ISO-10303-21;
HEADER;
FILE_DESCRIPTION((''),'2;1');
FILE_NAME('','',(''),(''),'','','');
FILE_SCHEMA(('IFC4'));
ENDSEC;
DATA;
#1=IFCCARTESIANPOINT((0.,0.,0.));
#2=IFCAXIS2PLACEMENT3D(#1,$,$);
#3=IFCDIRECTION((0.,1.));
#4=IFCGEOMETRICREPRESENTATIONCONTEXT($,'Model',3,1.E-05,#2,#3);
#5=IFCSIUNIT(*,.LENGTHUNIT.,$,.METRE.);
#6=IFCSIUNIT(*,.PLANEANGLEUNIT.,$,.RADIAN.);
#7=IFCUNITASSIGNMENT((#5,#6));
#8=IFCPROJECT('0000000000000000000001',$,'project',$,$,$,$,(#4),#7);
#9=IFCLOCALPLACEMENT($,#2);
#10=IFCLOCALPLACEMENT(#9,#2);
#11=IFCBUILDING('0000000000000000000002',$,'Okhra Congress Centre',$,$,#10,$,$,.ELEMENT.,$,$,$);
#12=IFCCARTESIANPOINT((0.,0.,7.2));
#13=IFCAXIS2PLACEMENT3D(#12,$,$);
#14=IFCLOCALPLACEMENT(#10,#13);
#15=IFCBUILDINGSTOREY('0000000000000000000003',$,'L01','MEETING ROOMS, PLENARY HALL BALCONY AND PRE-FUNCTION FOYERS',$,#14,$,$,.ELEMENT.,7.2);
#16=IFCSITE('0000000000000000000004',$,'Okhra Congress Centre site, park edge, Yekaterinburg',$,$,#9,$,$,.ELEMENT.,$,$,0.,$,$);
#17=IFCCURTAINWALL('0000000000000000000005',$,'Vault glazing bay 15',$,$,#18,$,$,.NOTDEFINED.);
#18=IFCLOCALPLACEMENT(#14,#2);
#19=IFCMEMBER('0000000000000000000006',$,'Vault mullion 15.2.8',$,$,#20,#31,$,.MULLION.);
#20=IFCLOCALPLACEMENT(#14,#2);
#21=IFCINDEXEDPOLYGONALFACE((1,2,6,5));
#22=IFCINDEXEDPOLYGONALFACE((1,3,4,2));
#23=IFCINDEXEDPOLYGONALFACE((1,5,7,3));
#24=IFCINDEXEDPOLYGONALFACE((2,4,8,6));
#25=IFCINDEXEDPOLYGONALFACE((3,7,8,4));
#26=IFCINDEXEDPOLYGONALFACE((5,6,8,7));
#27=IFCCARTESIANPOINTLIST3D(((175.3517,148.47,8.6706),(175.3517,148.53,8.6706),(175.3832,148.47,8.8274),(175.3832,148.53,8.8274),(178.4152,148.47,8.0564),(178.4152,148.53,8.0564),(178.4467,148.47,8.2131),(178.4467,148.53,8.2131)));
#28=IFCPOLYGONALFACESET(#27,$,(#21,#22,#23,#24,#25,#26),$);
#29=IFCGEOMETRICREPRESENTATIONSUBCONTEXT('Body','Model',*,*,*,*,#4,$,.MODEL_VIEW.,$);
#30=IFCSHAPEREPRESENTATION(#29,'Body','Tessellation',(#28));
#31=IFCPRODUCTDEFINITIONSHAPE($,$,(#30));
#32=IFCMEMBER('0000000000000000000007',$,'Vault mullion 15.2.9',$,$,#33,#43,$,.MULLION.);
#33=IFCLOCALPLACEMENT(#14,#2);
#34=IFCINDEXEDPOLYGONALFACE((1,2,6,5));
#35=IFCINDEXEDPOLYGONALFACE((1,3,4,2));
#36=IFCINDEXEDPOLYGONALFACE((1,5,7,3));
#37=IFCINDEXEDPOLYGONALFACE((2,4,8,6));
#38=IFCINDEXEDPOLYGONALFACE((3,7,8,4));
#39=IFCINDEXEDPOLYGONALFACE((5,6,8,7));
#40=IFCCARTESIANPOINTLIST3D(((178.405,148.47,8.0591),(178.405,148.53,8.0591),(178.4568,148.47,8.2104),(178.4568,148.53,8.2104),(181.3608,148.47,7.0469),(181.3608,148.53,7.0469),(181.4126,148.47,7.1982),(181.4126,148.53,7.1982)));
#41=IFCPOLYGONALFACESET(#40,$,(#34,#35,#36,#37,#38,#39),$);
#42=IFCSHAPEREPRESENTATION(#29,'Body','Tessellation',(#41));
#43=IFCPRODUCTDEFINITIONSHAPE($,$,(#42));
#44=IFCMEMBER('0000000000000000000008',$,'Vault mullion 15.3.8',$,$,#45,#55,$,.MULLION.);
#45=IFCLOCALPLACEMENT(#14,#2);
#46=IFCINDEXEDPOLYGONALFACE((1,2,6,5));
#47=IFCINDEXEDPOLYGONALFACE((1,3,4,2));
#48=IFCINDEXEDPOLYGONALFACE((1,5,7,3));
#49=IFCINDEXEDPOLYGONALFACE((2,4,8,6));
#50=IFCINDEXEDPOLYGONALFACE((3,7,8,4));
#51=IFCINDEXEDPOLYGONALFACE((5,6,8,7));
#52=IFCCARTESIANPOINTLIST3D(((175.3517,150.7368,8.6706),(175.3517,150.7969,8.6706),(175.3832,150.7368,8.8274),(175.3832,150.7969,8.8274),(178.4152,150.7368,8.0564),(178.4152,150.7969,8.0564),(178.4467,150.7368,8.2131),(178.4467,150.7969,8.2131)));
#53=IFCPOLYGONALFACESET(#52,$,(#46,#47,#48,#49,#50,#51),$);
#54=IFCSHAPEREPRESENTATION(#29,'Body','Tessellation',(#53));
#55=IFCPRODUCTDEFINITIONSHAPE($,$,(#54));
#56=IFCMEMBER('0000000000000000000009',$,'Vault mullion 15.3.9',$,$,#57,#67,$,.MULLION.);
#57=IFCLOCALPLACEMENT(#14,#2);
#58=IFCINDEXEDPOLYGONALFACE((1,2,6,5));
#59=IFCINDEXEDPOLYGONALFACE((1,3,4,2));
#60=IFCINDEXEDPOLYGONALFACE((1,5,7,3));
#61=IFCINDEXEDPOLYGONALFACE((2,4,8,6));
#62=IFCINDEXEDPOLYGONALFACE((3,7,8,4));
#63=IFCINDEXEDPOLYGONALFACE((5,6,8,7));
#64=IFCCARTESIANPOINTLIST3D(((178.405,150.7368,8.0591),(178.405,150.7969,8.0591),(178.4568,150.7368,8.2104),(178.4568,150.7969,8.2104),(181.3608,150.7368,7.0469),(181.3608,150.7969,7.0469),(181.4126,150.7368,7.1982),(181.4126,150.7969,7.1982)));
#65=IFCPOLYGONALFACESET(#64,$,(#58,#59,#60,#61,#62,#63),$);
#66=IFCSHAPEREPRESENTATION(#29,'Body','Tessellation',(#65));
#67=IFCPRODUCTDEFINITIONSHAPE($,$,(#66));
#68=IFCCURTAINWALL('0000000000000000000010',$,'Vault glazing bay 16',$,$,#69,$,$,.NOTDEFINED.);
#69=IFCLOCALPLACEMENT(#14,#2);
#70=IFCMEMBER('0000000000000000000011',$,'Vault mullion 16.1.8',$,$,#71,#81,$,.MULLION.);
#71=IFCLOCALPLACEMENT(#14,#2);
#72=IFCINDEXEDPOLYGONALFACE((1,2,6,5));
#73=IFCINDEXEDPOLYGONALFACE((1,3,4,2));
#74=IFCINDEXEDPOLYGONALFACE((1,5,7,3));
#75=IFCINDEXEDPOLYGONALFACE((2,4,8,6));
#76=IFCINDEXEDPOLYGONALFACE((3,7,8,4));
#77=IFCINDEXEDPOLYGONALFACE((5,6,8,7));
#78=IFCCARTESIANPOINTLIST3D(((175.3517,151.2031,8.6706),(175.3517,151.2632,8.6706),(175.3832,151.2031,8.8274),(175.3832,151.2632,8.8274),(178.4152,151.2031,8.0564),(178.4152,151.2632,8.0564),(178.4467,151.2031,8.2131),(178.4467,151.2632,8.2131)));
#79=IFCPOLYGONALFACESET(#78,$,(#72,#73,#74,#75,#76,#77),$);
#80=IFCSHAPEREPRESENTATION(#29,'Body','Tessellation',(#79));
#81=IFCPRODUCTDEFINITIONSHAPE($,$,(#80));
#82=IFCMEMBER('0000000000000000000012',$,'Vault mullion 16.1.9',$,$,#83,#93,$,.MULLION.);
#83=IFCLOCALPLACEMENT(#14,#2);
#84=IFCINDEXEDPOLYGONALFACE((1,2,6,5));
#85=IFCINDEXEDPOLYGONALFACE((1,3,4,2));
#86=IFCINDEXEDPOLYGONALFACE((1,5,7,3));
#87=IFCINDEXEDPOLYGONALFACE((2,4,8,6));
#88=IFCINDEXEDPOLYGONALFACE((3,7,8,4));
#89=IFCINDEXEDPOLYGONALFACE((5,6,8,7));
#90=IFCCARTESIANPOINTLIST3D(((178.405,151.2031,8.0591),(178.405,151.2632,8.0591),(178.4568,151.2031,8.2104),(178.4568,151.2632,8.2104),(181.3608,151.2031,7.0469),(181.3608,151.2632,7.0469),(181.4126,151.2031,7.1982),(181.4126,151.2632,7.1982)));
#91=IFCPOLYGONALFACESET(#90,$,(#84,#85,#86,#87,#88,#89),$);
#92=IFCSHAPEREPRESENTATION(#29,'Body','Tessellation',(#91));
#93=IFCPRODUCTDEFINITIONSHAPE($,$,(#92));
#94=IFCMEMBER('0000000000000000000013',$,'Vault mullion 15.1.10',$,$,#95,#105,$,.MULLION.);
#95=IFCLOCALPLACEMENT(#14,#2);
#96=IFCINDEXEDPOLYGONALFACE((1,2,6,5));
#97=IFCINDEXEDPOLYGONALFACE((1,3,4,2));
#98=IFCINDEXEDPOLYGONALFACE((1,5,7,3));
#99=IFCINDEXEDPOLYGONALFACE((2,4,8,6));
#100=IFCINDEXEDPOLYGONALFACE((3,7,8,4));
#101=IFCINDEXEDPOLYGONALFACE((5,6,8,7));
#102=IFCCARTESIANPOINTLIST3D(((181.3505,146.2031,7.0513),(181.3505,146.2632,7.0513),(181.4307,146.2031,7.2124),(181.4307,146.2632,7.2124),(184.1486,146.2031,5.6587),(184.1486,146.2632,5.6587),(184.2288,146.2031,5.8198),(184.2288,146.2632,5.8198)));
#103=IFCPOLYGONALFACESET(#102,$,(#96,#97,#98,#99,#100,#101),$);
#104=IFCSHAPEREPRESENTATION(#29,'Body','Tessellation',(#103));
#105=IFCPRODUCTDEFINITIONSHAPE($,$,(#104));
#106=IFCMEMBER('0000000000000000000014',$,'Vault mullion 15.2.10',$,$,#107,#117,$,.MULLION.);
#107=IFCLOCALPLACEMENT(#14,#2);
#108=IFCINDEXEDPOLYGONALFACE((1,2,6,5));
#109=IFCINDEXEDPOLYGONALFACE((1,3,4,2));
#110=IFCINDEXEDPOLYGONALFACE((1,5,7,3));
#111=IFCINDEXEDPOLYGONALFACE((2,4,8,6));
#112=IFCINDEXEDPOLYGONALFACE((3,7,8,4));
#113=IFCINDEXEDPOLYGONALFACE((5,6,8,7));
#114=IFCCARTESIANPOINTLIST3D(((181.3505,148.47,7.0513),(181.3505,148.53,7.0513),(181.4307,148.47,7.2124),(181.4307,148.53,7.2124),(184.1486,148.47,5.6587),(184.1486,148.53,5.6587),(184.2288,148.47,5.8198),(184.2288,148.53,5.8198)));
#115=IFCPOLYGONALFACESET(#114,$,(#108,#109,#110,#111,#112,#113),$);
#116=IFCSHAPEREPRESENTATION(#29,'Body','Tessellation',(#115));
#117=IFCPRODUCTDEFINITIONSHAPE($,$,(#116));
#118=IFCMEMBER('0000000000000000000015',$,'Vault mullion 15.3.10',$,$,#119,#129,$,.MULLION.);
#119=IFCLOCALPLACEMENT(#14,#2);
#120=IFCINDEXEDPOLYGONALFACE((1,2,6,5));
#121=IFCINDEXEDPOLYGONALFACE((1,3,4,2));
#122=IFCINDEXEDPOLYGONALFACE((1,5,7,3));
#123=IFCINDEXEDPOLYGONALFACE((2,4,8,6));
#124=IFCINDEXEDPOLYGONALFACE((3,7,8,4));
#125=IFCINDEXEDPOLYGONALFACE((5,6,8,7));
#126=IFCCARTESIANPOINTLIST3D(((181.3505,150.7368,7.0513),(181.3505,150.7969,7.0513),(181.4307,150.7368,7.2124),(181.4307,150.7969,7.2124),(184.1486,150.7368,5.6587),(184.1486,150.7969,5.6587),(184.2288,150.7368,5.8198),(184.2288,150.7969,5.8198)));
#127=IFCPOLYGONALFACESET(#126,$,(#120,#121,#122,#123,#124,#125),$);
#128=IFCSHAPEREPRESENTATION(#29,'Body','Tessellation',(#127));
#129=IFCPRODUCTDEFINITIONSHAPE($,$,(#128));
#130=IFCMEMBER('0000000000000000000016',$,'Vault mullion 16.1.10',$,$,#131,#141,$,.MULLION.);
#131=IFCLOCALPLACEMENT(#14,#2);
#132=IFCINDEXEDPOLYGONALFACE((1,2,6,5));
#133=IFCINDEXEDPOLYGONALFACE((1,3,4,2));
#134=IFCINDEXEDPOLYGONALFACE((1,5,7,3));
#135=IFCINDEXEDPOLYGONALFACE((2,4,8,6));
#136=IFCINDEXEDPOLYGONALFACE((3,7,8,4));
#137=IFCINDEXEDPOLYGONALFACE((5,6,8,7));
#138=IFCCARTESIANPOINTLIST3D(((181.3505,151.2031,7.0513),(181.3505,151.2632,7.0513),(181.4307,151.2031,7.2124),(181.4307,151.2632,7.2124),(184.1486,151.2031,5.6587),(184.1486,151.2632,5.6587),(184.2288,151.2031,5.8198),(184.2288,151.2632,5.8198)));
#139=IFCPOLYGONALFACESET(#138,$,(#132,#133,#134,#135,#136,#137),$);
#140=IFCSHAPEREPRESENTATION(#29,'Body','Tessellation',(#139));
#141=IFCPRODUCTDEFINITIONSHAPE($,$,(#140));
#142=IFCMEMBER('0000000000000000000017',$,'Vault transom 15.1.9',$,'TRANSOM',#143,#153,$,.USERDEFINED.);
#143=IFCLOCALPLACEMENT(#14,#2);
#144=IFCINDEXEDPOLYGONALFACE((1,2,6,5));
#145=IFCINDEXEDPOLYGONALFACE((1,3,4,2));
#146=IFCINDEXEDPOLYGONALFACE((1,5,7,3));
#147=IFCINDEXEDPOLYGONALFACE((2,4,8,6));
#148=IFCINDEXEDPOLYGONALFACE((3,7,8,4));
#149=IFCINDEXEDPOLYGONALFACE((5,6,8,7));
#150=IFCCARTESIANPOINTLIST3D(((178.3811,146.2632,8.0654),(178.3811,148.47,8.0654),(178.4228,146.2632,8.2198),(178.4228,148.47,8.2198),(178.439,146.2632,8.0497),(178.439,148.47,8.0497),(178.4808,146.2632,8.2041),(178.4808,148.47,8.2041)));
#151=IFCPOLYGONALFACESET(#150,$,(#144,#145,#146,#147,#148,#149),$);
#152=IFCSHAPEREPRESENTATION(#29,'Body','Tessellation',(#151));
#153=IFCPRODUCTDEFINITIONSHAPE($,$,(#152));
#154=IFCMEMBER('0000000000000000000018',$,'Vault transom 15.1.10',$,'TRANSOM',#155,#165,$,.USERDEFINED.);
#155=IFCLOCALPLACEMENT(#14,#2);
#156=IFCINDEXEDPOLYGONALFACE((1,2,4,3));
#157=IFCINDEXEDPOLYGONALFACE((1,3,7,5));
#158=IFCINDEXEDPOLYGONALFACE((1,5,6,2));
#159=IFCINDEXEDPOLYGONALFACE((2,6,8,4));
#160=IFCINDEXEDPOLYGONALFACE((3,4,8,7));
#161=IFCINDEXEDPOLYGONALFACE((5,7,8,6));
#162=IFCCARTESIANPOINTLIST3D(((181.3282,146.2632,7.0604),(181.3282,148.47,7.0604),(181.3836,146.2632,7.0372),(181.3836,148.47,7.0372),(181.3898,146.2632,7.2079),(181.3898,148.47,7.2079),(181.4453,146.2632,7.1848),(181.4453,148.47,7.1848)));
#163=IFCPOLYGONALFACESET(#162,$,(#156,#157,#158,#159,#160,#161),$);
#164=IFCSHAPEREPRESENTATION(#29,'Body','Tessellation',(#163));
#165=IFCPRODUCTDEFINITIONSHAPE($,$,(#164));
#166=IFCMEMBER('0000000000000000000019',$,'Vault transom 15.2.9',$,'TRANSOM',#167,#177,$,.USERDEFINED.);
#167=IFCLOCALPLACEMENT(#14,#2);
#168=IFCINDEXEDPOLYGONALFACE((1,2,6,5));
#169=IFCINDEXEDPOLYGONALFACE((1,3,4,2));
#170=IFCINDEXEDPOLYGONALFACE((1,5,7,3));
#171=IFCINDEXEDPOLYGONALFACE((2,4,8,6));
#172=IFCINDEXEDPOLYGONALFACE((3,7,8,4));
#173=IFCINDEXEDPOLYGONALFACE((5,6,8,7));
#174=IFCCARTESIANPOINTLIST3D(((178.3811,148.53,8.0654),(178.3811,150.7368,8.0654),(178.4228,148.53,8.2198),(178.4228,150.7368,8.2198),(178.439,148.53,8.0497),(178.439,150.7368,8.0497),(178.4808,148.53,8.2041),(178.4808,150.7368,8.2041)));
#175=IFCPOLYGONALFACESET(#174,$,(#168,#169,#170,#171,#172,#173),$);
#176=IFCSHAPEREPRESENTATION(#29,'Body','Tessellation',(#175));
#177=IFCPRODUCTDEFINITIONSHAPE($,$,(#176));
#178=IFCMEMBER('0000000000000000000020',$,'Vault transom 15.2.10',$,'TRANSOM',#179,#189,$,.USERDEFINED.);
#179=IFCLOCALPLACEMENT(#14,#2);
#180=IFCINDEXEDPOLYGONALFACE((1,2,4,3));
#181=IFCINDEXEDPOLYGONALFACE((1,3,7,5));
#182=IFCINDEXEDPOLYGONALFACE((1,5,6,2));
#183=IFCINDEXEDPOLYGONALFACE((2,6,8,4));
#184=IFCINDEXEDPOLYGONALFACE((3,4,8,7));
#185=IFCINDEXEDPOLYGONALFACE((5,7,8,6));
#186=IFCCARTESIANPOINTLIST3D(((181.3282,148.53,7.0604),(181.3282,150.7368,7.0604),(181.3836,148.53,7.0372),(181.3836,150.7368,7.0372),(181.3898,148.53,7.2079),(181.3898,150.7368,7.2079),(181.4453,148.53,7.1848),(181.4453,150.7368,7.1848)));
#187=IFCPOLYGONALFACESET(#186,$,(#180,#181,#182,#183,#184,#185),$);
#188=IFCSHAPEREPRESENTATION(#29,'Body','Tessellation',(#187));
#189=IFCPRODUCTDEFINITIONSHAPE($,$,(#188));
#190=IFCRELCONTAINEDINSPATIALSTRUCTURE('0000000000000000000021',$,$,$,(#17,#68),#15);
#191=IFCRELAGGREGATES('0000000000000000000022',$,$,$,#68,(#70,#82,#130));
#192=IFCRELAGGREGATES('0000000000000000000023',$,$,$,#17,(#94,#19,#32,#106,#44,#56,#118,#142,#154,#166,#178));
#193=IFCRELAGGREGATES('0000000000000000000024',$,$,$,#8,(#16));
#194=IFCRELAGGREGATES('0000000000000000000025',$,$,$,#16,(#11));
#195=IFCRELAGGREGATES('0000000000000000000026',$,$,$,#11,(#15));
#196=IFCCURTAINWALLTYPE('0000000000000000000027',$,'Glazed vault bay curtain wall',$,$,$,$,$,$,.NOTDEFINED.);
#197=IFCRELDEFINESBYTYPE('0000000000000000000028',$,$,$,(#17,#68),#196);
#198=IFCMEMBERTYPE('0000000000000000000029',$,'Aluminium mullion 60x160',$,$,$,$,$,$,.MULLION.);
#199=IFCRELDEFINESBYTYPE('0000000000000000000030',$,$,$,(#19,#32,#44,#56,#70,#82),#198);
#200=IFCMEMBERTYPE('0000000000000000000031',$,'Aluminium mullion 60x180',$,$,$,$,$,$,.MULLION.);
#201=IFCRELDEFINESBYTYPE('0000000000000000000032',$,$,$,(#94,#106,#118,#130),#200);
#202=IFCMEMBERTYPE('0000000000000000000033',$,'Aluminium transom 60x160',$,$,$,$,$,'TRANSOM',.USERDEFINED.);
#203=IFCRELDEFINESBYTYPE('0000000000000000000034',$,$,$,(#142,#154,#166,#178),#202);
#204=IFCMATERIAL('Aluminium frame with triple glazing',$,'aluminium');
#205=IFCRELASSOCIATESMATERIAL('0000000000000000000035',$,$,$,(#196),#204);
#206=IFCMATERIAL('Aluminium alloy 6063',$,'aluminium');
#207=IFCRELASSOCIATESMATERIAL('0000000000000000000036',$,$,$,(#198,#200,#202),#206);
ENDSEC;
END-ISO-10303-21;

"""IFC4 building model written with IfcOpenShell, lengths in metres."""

from ifc_helpers import new_model, si_unit, direction, frame, origin, origin_2d, place, context, subcontext, project, spatial, rectangle, extrude, material, material_profile, profile_set, type_object, element, aggregate, save


model = new_model("IFC4")

# Units and contexts
model_context = context("Model", 3, precision=1e-05, world=origin(), true_north=direction((0.0, 1.0)))
body_context = subcontext(model_context, "Body", "Model", "MODEL_VIEW")
ifc_project = project(units=[si_unit("LENGTHUNIT", "METRE"), si_unit("PLANEANGLEUNIT", "RADIAN")], contexts=[model_context])

# Site, building, storey
site_placement = place(None, origin())
site = spatial("IfcSite", under=ifc_project, at=site_placement, Name="Okhra Congress Centre site, park edge, Yekaterinburg", CompositionType="ELEMENT", RefElevation=0.0)
building_placement = place(site_placement, origin())
building = spatial("IfcBuilding", under=site, at=building_placement, Name="Okhra Congress Centre", CompositionType="ELEMENT")
storey_placement = place(building_placement, frame((0.0, 0.0, 7.2)))
storey = spatial("IfcBuildingStorey", under=building, at=storey_placement, Name="L01", Description="MEETING ROOMS, PLENARY HALL BALCONY AND PRE-FUNCTION FOYERS", CompositionType="ELEMENT", Elevation=7.2)

# Curtain walls, members
ifc_material_1 = material(Name="Aluminium frame with triple glazing", Category="aluminium")
curtain_wall_type = type_object("IfcCurtainWallType", Name="Glazed vault bay curtain wall", PredefinedType="NOTDEFINED", material=ifc_material_1)
curtain_wall_1_placement = place(storey_placement, origin())
curtain_wall_1 = element("IfcCurtainWall", 1, at=curtain_wall_1_placement, inside=storey, type_object=curtain_wall_type, Name="Vault glazing bay 15", PredefinedType="NOTDEFINED")
ifc_material_2 = material(Name="Aluminium alloy 6063", Category="aluminium")
ifc_material_profile_1 = material_profile(ifc_material_2, rectangle(XDim=0.0601, YDim=0.1599, at=origin_2d()), Name="AL 60x160")
ifc_profile_set_1 = profile_set([ifc_material_profile_1], Name="Aluminium alloy 6063")
member_type_1 = type_object("IfcMemberType", Name="Aluminium mullion 60x160", PredefinedType="MULLION", material=ifc_profile_set_1)
member_1_placement = place(storey_placement, frame((175.3674, 148.5, 8.749), z_axis=(0.980484, 0.0, -0.196597), x_axis=(0.0, 1.0, 0.0)))
member_1 = element("IfcMember", 2, at=member_1_placement, type_object=member_type_1, Name="Vault mullion 15.2.8", PredefinedType="MULLION", context=body_context, shape_type="SweptSolid", body=[
    extrude(rectangle(XDim=0.0601, YDim=0.1599, at=origin_2d()), origin(), (0.0, 0.0, 1.0), 3.1245),
])
member_2_placement = place(storey_placement, frame((178.4309, 148.5, 8.1348), z_axis=(0.946065, 0.0, -0.323977), x_axis=(0.0, 1.0, 0.0)))
member_2 = element("IfcMember", 3, at=member_2_placement, type_object=member_type_1, Name="Vault mullion 15.2.9", PredefinedType="MULLION", context=body_context, shape_type="SweptSolid", body=[
    extrude(rectangle(XDim=0.0601, YDim=0.1599, at=origin_2d()), origin(), (0.0, 0.0, 1.0), 3.1243),
])
member_3_placement = place(storey_placement, frame((175.3674, 150.7668, 8.749), z_axis=(0.980484, 0.0, -0.196597), x_axis=(0.0, 1.0, 0.0)))
member_3 = element("IfcMember", 4, at=member_3_placement, type_object=member_type_1, Name="Vault mullion 15.3.8", PredefinedType="MULLION", context=body_context, shape_type="SweptSolid", body=[
    extrude(rectangle(XDim=0.0601, YDim=0.1599, at=origin_2d()), origin(), (0.0, 0.0, 1.0), 3.1245),
])
member_4_placement = place(storey_placement, frame((178.4309, 150.7668, 8.1348), z_axis=(0.946065, 0.0, -0.323977), x_axis=(0.0, 1.0, 0.0)))
member_4 = element("IfcMember", 5, at=member_4_placement, type_object=member_type_1, Name="Vault mullion 15.3.9", PredefinedType="MULLION", context=body_context, shape_type="SweptSolid", body=[
    extrude(rectangle(XDim=0.0601, YDim=0.1599, at=origin_2d()), origin(), (0.0, 0.0, 1.0), 3.1243),
])
curtain_wall_2_placement = place(storey_placement, origin())
curtain_wall_2 = element("IfcCurtainWall", 6, at=curtain_wall_2_placement, inside=storey, type_object=curtain_wall_type, Name="Vault glazing bay 16", PredefinedType="NOTDEFINED")
member_5_placement = place(storey_placement, frame((175.3674, 151.2332, 8.749), z_axis=(0.980484, 0.0, -0.196597), x_axis=(0.0, 1.0, 0.0)))
member_5 = element("IfcMember", 7, at=member_5_placement, type_object=member_type_1, Name="Vault mullion 16.1.8", PredefinedType="MULLION", context=body_context, shape_type="SweptSolid", body=[
    extrude(rectangle(XDim=0.0601, YDim=0.1599, at=origin_2d()), origin(), (0.0, 0.0, 1.0), 3.1245),
])
member_6_placement = place(storey_placement, frame((178.4309, 151.2332, 8.1348), z_axis=(0.946065, 0.0, -0.323977), x_axis=(0.0, 1.0, 0.0)))
member_6 = element("IfcMember", 8, at=member_6_placement, type_object=member_type_1, Name="Vault mullion 16.1.9", PredefinedType="MULLION", context=body_context, shape_type="SweptSolid", body=[
    extrude(rectangle(XDim=0.0601, YDim=0.1599, at=origin_2d()), origin(), (0.0, 0.0, 1.0), 3.1243),
])

# Members
ifc_material_profile_2 = material_profile(ifc_material_2, rectangle(XDim=0.0601, YDim=0.1799, at=origin_2d()), Name="AL 60x180")
ifc_profile_set_2 = profile_set([ifc_material_profile_2], Name="Aluminium alloy 6063")
member_type_2 = type_object("IfcMemberType", Name="Aluminium mullion 60x180", PredefinedType="MULLION", material=ifc_profile_set_2)
member_7_placement = place(storey_placement, frame((181.3906, 146.2332, 7.1318), z_axis=(0.895254, 0.0, -0.445557), x_axis=(0.0, 1.0, 0.0)))
member_7 = element("IfcMember", 9, at=member_7_placement, type_object=member_type_2, Name="Vault mullion 15.1.10", PredefinedType="MULLION", context=body_context, shape_type="SweptSolid", body=[
    extrude(rectangle(XDim=0.0601, YDim=0.1799, at=origin_2d()), origin(), (0.0, 0.0, 1.0), 3.1255),
])
member_8_placement = place(storey_placement, frame((181.3906, 148.5, 7.1318), z_axis=(0.895254, 0.0, -0.445557), x_axis=(0.0, 1.0, 0.0)))
member_8 = element("IfcMember", 10, at=member_8_placement, type_object=member_type_2, Name="Vault mullion 15.2.10", PredefinedType="MULLION", context=body_context, shape_type="SweptSolid", body=[
    extrude(rectangle(XDim=0.0601, YDim=0.1799, at=origin_2d()), origin(), (0.0, 0.0, 1.0), 3.1255),
])
member_9_placement = place(storey_placement, frame((181.3906, 150.7668, 7.1318), z_axis=(0.895254, 0.0, -0.445557), x_axis=(0.0, 1.0, 0.0)))
member_9 = element("IfcMember", 11, at=member_9_placement, type_object=member_type_2, Name="Vault mullion 15.3.10", PredefinedType="MULLION", context=body_context, shape_type="SweptSolid", body=[
    extrude(rectangle(XDim=0.0601, YDim=0.1799, at=origin_2d()), origin(), (0.0, 0.0, 1.0), 3.1255),
])
member_10_placement = place(storey_placement, frame((181.3906, 151.2332, 7.1318), z_axis=(0.895254, 0.0, -0.445557), x_axis=(0.0, 1.0, 0.0)))
member_10 = element("IfcMember", 12, at=member_10_placement, type_object=member_type_2, Name="Vault mullion 16.1.10", PredefinedType="MULLION", context=body_context, shape_type="SweptSolid", body=[
    extrude(rectangle(XDim=0.0601, YDim=0.1799, at=origin_2d()), origin(), (0.0, 0.0, 1.0), 3.1255),
])
aggregate(curtain_wall_2, [member_5, member_6, member_10])
ifc_material_profile_3 = material_profile(ifc_material_2, rectangle(XDim=0.0601, YDim=0.1599, at=origin_2d()), Name="AL 60x160 transom")
ifc_profile_set_3 = profile_set([ifc_material_profile_3], Name="Aluminium alloy 6063")
member_type_3 = type_object("IfcMemberType", Name="Aluminium transom 60x160", ElementType="TRANSOM", PredefinedType="USERDEFINED", material=ifc_profile_set_3)
member_11_placement = place(storey_placement, frame((178.4309, 146.2632, 8.1348), z_axis=(0.0, 1.0, 0.0), x_axis=(-0.96538, 0.0, 0.260848)))
member_11 = element("IfcMember", 13, at=member_11_placement, type_object=member_type_3, Name="Vault transom 15.1.9", ObjectType="TRANSOM", PredefinedType="USERDEFINED", context=body_context, shape_type="SweptSolid", body=[
    extrude(rectangle(XDim=0.0601, YDim=0.1599, at=origin_2d()), origin(), (0.0, 0.0, 1.0), 2.2068),
])
member_12_placement = place(storey_placement, frame((181.3867, 146.2632, 7.1226), z_axis=(0.0, 1.0, 0.0), x_axis=(-0.922669, 0.0, 0.385593)))
member_12 = element("IfcMember", 14, at=member_12_placement, type_object=member_type_3, Name="Vault transom 15.1.10", ObjectType="TRANSOM", PredefinedType="USERDEFINED", context=body_context, shape_type="SweptSolid", body=[
    extrude(rectangle(XDim=0.0601, YDim=0.1599, at=origin_2d()), origin(), (0.0, 0.0, 1.0), 2.2068),
])
member_13_placement = place(storey_placement, frame((178.4309, 148.53, 8.1348), z_axis=(0.0, 1.0, 0.0), x_axis=(-0.96538, 0.0, 0.260848)))
member_13 = element("IfcMember", 15, at=member_13_placement, type_object=member_type_3, Name="Vault transom 15.2.9", ObjectType="TRANSOM", PredefinedType="USERDEFINED", context=body_context, shape_type="SweptSolid", body=[
    extrude(rectangle(XDim=0.0601, YDim=0.1599, at=origin_2d()), origin(), (0.0, 0.0, 1.0), 2.2068),
])
member_14_placement = place(storey_placement, frame((181.3867, 148.53, 7.1226), z_axis=(0.0, 1.0, 0.0), x_axis=(-0.922669, 0.0, 0.385593)))
member_14 = element("IfcMember", 16, at=member_14_placement, type_object=member_type_3, Name="Vault transom 15.2.10", ObjectType="TRANSOM", PredefinedType="USERDEFINED", context=body_context, shape_type="SweptSolid", body=[
    extrude(rectangle(XDim=0.0601, YDim=0.1599, at=origin_2d()), origin(), (0.0, 0.0, 1.0), 2.2068),
])

aggregate(curtain_wall_1, [member_7, member_1, member_2, member_8, member_3, member_4, member_9, member_11, member_12, member_13, member_14])

save(model, "model.ifc")
